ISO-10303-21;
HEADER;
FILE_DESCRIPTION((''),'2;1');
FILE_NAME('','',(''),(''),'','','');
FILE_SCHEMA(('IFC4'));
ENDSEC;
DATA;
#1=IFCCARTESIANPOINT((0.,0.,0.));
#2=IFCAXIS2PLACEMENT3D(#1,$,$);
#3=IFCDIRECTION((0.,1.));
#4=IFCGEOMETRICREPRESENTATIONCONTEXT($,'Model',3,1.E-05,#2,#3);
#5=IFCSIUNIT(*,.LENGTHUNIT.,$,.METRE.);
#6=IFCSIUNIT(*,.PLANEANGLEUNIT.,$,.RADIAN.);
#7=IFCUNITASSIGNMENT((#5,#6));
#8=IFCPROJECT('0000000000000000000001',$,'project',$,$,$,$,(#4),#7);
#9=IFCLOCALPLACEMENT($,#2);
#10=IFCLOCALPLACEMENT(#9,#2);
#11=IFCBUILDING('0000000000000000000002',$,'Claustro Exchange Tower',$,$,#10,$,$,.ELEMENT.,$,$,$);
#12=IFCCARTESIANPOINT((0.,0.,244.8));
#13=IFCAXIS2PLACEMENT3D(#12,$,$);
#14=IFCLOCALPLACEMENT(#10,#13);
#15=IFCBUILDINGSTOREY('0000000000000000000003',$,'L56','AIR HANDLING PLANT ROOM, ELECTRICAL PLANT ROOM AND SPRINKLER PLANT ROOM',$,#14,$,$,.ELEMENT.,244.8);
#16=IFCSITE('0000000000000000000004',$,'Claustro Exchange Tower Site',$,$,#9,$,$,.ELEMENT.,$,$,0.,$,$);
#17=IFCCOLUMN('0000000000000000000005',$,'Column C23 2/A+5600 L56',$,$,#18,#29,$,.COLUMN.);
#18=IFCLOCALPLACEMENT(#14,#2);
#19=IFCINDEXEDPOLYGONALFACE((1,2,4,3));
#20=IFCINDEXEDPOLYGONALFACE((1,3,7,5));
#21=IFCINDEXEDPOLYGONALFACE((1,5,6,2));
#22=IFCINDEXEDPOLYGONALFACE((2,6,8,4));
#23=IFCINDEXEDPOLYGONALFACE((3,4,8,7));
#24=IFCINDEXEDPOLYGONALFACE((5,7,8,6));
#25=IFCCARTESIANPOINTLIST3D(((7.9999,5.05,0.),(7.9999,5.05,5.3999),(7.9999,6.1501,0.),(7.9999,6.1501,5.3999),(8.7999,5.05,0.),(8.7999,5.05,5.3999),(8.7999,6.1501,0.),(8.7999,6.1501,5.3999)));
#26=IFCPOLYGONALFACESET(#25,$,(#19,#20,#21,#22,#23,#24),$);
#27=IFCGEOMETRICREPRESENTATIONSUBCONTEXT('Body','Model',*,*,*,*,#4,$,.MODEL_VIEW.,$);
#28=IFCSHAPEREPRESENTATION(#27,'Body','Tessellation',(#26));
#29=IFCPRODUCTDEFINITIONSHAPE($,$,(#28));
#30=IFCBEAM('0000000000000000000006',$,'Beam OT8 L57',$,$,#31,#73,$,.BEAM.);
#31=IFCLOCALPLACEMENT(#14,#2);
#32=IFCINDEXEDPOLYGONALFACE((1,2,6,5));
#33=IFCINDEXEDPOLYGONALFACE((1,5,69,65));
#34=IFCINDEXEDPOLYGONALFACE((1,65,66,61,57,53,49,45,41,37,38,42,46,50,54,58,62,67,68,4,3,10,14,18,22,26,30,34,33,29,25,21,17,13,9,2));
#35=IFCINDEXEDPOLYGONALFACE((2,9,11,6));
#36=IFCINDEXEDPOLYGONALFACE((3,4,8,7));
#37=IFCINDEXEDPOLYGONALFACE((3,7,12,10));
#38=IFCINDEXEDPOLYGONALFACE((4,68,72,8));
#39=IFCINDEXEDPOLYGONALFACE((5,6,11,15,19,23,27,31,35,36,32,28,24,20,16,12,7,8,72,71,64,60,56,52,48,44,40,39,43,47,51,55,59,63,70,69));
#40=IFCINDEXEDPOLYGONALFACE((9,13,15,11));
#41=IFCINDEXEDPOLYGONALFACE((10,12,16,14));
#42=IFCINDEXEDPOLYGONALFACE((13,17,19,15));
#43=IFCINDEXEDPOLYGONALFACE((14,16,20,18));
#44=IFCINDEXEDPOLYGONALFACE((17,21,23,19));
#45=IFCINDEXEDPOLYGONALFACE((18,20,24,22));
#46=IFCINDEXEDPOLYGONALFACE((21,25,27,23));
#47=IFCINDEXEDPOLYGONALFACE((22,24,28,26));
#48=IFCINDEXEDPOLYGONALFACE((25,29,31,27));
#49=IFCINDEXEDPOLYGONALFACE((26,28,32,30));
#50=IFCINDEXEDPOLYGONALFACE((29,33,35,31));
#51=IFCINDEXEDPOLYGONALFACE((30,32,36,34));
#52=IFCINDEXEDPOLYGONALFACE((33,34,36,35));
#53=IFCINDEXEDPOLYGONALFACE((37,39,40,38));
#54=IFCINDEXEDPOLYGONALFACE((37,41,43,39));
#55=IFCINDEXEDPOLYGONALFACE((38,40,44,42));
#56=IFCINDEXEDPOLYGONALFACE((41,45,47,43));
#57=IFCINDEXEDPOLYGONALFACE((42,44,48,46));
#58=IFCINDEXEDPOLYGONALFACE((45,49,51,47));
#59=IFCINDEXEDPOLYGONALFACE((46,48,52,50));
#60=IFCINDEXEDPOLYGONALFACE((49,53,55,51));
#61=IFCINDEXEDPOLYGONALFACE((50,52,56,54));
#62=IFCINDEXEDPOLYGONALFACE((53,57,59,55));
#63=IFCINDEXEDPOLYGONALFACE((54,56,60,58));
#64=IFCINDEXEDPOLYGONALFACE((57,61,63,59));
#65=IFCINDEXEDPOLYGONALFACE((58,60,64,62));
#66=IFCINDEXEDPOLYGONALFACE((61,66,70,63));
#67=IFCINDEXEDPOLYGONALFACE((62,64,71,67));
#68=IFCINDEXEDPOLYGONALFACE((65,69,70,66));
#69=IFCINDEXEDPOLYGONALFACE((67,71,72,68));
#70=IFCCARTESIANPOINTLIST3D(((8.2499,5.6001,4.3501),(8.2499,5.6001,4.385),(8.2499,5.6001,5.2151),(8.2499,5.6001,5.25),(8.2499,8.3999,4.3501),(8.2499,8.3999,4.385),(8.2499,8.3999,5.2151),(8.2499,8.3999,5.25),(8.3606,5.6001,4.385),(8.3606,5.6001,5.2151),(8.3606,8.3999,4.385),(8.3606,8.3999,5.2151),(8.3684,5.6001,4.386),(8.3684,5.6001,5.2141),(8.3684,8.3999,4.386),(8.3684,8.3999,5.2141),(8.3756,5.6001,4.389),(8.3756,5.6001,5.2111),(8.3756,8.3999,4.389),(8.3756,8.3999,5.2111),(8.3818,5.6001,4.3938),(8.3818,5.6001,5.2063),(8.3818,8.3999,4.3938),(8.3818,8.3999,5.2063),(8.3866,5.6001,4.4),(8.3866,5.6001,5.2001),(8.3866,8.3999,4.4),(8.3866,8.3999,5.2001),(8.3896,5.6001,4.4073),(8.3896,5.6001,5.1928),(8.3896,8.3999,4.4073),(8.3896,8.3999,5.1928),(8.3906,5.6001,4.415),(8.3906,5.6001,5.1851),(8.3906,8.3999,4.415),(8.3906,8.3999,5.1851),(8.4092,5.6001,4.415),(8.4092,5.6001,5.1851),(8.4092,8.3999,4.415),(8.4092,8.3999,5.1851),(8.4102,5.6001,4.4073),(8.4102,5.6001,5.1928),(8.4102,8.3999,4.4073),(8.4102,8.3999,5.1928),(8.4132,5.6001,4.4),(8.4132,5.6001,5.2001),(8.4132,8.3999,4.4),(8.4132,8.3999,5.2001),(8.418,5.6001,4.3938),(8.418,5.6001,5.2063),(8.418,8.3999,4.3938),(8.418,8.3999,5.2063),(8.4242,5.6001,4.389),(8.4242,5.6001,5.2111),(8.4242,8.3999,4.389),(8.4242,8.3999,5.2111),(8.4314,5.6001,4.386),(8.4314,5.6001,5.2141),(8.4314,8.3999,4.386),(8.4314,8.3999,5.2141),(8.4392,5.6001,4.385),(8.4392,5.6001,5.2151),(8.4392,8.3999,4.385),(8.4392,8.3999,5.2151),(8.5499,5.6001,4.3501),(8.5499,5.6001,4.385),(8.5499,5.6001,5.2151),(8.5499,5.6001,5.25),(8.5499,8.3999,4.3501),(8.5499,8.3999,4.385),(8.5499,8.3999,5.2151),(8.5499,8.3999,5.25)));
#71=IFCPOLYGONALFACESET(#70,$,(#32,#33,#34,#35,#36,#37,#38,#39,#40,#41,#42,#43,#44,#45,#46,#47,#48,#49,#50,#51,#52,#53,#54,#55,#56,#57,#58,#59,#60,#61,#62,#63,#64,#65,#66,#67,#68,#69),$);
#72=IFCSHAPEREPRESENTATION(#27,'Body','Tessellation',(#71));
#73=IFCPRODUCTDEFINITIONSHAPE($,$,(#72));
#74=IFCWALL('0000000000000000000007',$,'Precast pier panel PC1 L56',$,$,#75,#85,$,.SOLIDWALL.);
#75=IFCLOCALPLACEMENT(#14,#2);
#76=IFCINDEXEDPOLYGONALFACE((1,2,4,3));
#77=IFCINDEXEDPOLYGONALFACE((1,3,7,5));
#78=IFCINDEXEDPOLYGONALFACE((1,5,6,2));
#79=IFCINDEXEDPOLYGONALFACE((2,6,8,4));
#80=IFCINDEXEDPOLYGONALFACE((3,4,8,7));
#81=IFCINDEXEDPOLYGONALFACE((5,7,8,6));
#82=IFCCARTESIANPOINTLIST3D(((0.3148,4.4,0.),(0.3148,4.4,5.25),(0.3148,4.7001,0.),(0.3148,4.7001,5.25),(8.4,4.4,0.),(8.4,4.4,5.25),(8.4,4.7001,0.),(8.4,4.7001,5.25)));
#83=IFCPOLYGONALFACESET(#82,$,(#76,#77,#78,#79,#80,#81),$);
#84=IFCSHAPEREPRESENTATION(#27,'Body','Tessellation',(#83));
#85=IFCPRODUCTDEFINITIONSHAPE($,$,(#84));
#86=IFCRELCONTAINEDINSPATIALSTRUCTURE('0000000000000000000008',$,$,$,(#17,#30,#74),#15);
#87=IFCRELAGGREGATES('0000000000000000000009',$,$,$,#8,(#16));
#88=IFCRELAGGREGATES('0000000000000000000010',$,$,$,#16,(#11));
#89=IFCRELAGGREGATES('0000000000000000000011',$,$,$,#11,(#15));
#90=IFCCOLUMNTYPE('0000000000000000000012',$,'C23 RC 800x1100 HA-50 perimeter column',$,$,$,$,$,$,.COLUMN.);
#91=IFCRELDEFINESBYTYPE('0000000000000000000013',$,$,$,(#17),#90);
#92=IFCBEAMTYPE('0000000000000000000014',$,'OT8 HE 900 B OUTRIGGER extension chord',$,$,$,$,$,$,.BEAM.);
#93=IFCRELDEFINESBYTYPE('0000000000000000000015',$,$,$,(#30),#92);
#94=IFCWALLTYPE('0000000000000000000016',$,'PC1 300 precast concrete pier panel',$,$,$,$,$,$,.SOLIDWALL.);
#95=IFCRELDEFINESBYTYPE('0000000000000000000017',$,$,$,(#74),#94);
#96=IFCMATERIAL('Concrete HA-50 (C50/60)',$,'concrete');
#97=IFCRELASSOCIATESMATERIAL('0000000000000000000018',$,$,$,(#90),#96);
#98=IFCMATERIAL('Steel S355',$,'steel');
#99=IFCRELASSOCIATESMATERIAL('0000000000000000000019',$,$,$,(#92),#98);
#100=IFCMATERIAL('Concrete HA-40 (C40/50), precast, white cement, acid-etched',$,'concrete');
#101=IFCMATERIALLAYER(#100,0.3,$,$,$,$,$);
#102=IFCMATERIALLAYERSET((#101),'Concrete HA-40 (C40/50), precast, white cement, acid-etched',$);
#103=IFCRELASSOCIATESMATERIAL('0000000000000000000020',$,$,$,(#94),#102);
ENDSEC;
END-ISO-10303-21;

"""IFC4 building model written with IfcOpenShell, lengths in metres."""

from ifc_helpers import new_model, si_unit, direction, frame, frame_2d, origin, origin_2d, place, context, subcontext, project, spatial, rectangle, i_section, extrude, material, layer, layer_set, material_profile, profile_set, type_object, element, save


model = new_model("IFC4")

# Units and contexts
model_context = context("Model", 3, precision=1e-05, world=origin(), true_north=direction((0.0, 1.0)))
body_context = subcontext(model_context, "Body", "Model", "MODEL_VIEW")
ifc_project = project(units=[si_unit("LENGTHUNIT", "METRE"), si_unit("PLANEANGLEUNIT", "RADIAN")], contexts=[model_context])

# Site, building, storey
site_placement = place(None, origin())
site = spatial("IfcSite", under=ifc_project, at=site_placement, Name="Claustro Exchange Tower Site", CompositionType="ELEMENT", RefElevation=0.0)
building_placement = place(site_placement, origin())
building = spatial("IfcBuilding", under=site, at=building_placement, Name="Claustro Exchange Tower", CompositionType="ELEMENT")
storey_placement = place(building_placement, frame((0.0, 0.0, 244.8)))
storey = spatial("IfcBuildingStorey", under=building, at=storey_placement, Name="L56", Description="AIR HANDLING PLANT ROOM, ELECTRICAL PLANT ROOM AND SPRINKLER PLANT ROOM", CompositionType="ELEMENT", Elevation=244.8)

# Column
ifc_material_1 = material(Name="Concrete HA-50 (C50/60)", Category="concrete")
ifc_material_profile_1 = material_profile(ifc_material_1, rectangle(XDim=0.8, YDim=1.1001, at=origin_2d()), Name="RC 800x1100")
ifc_profile_set_1 = profile_set([ifc_material_profile_1], Name="Concrete HA-50 (C50/60)")
column_type = type_object("IfcColumnType", Name="C23 RC 800x1100 HA-50 perimeter column", PredefinedType="COLUMN", material=ifc_profile_set_1)
column_placement = place(storey_placement, frame((8.3999, 5.6001, 0.0), z_axis=(0.0, 0.0, 1.0), x_axis=(1.0, 0.0, 0.0)))
element("IfcColumn", 1, at=column_placement, inside=storey, type_object=column_type, Name="Column C23 2/A+5600 L56", PredefinedType="COLUMN", context=body_context, shape_type="SweptSolid", body=[
    extrude(rectangle(XDim=0.8, YDim=1.1001, at=origin_2d()), origin(), (0.0, 0.0, 1.0), 5.3999),
])

# Beam
ifc_material_2 = material(Name="Steel S355", Category="steel")
ifc_material_profile_2 = material_profile(ifc_material_2, i_section(OverallWidth=0.3, OverallDepth=0.8999, WebThickness=0.0186, FlangeThickness=0.0349, FilletRadius=0.03, at=origin_2d()), Name="HE 900 B")
ifc_profile_set_2 = profile_set([ifc_material_profile_2], Name="Steel S355")
beam_type = type_object("IfcBeamType", Name="OT8 HE 900 B OUTRIGGER extension chord", PredefinedType="BEAM", material=ifc_profile_set_2)
beam_placement = place(storey_placement, frame((8.3999, 5.6001, 4.8), z_axis=(0.0, 1.0, 0.0), x_axis=(-1.0, 0.0, 0.0)))
element("IfcBeam", 2, at=beam_placement, inside=storey, type_object=beam_type, Name="Beam OT8 L57", PredefinedType="BEAM", context=body_context, shape_type="SweptSolid", body=[
    extrude(i_section(OverallWidth=0.3, OverallDepth=0.8999, WebThickness=0.0186, FlangeThickness=0.0349, FilletRadius=0.03, at=origin_2d()), origin(), (0.0, 0.0, 1.0), 2.7998),
])

# Wall
ifc_material_3 = material(Name="Concrete HA-40 (C40/50), precast, white cement, acid-etched", Category="concrete")
ifc_layer_1 = layer(ifc_material_3, 0.3)
ifc_layer_set_1 = layer_set([ifc_layer_1], Name="Concrete HA-40 (C40/50), precast, white cement, acid-etched")
wall_type_1 = type_object("IfcWallType", Name="PC1 300 precast concrete pier panel", PredefinedType="SOLIDWALL", material=ifc_layer_set_1)
wall_1_placement = place(storey_placement, frame((8.3999, 4.55, 0.0), z_axis=(0.0, 0.0, 1.0), x_axis=(-1.0, 0.0, 0.0)))
element("IfcWall", 3, at=wall_1_placement, inside=storey, type_object=wall_type_1, Name="Precast pier panel PC1 L56", PredefinedType="SOLIDWALL", context=body_context, shape_type="SweptSolid", body=[
    extrude(rectangle(XDim=8.0852, YDim=0.3, at=frame_2d((4.0425, 0.0))), origin(), (0.0, 0.0, 1.0), 5.25),
])

save(model, "model.ifc")
